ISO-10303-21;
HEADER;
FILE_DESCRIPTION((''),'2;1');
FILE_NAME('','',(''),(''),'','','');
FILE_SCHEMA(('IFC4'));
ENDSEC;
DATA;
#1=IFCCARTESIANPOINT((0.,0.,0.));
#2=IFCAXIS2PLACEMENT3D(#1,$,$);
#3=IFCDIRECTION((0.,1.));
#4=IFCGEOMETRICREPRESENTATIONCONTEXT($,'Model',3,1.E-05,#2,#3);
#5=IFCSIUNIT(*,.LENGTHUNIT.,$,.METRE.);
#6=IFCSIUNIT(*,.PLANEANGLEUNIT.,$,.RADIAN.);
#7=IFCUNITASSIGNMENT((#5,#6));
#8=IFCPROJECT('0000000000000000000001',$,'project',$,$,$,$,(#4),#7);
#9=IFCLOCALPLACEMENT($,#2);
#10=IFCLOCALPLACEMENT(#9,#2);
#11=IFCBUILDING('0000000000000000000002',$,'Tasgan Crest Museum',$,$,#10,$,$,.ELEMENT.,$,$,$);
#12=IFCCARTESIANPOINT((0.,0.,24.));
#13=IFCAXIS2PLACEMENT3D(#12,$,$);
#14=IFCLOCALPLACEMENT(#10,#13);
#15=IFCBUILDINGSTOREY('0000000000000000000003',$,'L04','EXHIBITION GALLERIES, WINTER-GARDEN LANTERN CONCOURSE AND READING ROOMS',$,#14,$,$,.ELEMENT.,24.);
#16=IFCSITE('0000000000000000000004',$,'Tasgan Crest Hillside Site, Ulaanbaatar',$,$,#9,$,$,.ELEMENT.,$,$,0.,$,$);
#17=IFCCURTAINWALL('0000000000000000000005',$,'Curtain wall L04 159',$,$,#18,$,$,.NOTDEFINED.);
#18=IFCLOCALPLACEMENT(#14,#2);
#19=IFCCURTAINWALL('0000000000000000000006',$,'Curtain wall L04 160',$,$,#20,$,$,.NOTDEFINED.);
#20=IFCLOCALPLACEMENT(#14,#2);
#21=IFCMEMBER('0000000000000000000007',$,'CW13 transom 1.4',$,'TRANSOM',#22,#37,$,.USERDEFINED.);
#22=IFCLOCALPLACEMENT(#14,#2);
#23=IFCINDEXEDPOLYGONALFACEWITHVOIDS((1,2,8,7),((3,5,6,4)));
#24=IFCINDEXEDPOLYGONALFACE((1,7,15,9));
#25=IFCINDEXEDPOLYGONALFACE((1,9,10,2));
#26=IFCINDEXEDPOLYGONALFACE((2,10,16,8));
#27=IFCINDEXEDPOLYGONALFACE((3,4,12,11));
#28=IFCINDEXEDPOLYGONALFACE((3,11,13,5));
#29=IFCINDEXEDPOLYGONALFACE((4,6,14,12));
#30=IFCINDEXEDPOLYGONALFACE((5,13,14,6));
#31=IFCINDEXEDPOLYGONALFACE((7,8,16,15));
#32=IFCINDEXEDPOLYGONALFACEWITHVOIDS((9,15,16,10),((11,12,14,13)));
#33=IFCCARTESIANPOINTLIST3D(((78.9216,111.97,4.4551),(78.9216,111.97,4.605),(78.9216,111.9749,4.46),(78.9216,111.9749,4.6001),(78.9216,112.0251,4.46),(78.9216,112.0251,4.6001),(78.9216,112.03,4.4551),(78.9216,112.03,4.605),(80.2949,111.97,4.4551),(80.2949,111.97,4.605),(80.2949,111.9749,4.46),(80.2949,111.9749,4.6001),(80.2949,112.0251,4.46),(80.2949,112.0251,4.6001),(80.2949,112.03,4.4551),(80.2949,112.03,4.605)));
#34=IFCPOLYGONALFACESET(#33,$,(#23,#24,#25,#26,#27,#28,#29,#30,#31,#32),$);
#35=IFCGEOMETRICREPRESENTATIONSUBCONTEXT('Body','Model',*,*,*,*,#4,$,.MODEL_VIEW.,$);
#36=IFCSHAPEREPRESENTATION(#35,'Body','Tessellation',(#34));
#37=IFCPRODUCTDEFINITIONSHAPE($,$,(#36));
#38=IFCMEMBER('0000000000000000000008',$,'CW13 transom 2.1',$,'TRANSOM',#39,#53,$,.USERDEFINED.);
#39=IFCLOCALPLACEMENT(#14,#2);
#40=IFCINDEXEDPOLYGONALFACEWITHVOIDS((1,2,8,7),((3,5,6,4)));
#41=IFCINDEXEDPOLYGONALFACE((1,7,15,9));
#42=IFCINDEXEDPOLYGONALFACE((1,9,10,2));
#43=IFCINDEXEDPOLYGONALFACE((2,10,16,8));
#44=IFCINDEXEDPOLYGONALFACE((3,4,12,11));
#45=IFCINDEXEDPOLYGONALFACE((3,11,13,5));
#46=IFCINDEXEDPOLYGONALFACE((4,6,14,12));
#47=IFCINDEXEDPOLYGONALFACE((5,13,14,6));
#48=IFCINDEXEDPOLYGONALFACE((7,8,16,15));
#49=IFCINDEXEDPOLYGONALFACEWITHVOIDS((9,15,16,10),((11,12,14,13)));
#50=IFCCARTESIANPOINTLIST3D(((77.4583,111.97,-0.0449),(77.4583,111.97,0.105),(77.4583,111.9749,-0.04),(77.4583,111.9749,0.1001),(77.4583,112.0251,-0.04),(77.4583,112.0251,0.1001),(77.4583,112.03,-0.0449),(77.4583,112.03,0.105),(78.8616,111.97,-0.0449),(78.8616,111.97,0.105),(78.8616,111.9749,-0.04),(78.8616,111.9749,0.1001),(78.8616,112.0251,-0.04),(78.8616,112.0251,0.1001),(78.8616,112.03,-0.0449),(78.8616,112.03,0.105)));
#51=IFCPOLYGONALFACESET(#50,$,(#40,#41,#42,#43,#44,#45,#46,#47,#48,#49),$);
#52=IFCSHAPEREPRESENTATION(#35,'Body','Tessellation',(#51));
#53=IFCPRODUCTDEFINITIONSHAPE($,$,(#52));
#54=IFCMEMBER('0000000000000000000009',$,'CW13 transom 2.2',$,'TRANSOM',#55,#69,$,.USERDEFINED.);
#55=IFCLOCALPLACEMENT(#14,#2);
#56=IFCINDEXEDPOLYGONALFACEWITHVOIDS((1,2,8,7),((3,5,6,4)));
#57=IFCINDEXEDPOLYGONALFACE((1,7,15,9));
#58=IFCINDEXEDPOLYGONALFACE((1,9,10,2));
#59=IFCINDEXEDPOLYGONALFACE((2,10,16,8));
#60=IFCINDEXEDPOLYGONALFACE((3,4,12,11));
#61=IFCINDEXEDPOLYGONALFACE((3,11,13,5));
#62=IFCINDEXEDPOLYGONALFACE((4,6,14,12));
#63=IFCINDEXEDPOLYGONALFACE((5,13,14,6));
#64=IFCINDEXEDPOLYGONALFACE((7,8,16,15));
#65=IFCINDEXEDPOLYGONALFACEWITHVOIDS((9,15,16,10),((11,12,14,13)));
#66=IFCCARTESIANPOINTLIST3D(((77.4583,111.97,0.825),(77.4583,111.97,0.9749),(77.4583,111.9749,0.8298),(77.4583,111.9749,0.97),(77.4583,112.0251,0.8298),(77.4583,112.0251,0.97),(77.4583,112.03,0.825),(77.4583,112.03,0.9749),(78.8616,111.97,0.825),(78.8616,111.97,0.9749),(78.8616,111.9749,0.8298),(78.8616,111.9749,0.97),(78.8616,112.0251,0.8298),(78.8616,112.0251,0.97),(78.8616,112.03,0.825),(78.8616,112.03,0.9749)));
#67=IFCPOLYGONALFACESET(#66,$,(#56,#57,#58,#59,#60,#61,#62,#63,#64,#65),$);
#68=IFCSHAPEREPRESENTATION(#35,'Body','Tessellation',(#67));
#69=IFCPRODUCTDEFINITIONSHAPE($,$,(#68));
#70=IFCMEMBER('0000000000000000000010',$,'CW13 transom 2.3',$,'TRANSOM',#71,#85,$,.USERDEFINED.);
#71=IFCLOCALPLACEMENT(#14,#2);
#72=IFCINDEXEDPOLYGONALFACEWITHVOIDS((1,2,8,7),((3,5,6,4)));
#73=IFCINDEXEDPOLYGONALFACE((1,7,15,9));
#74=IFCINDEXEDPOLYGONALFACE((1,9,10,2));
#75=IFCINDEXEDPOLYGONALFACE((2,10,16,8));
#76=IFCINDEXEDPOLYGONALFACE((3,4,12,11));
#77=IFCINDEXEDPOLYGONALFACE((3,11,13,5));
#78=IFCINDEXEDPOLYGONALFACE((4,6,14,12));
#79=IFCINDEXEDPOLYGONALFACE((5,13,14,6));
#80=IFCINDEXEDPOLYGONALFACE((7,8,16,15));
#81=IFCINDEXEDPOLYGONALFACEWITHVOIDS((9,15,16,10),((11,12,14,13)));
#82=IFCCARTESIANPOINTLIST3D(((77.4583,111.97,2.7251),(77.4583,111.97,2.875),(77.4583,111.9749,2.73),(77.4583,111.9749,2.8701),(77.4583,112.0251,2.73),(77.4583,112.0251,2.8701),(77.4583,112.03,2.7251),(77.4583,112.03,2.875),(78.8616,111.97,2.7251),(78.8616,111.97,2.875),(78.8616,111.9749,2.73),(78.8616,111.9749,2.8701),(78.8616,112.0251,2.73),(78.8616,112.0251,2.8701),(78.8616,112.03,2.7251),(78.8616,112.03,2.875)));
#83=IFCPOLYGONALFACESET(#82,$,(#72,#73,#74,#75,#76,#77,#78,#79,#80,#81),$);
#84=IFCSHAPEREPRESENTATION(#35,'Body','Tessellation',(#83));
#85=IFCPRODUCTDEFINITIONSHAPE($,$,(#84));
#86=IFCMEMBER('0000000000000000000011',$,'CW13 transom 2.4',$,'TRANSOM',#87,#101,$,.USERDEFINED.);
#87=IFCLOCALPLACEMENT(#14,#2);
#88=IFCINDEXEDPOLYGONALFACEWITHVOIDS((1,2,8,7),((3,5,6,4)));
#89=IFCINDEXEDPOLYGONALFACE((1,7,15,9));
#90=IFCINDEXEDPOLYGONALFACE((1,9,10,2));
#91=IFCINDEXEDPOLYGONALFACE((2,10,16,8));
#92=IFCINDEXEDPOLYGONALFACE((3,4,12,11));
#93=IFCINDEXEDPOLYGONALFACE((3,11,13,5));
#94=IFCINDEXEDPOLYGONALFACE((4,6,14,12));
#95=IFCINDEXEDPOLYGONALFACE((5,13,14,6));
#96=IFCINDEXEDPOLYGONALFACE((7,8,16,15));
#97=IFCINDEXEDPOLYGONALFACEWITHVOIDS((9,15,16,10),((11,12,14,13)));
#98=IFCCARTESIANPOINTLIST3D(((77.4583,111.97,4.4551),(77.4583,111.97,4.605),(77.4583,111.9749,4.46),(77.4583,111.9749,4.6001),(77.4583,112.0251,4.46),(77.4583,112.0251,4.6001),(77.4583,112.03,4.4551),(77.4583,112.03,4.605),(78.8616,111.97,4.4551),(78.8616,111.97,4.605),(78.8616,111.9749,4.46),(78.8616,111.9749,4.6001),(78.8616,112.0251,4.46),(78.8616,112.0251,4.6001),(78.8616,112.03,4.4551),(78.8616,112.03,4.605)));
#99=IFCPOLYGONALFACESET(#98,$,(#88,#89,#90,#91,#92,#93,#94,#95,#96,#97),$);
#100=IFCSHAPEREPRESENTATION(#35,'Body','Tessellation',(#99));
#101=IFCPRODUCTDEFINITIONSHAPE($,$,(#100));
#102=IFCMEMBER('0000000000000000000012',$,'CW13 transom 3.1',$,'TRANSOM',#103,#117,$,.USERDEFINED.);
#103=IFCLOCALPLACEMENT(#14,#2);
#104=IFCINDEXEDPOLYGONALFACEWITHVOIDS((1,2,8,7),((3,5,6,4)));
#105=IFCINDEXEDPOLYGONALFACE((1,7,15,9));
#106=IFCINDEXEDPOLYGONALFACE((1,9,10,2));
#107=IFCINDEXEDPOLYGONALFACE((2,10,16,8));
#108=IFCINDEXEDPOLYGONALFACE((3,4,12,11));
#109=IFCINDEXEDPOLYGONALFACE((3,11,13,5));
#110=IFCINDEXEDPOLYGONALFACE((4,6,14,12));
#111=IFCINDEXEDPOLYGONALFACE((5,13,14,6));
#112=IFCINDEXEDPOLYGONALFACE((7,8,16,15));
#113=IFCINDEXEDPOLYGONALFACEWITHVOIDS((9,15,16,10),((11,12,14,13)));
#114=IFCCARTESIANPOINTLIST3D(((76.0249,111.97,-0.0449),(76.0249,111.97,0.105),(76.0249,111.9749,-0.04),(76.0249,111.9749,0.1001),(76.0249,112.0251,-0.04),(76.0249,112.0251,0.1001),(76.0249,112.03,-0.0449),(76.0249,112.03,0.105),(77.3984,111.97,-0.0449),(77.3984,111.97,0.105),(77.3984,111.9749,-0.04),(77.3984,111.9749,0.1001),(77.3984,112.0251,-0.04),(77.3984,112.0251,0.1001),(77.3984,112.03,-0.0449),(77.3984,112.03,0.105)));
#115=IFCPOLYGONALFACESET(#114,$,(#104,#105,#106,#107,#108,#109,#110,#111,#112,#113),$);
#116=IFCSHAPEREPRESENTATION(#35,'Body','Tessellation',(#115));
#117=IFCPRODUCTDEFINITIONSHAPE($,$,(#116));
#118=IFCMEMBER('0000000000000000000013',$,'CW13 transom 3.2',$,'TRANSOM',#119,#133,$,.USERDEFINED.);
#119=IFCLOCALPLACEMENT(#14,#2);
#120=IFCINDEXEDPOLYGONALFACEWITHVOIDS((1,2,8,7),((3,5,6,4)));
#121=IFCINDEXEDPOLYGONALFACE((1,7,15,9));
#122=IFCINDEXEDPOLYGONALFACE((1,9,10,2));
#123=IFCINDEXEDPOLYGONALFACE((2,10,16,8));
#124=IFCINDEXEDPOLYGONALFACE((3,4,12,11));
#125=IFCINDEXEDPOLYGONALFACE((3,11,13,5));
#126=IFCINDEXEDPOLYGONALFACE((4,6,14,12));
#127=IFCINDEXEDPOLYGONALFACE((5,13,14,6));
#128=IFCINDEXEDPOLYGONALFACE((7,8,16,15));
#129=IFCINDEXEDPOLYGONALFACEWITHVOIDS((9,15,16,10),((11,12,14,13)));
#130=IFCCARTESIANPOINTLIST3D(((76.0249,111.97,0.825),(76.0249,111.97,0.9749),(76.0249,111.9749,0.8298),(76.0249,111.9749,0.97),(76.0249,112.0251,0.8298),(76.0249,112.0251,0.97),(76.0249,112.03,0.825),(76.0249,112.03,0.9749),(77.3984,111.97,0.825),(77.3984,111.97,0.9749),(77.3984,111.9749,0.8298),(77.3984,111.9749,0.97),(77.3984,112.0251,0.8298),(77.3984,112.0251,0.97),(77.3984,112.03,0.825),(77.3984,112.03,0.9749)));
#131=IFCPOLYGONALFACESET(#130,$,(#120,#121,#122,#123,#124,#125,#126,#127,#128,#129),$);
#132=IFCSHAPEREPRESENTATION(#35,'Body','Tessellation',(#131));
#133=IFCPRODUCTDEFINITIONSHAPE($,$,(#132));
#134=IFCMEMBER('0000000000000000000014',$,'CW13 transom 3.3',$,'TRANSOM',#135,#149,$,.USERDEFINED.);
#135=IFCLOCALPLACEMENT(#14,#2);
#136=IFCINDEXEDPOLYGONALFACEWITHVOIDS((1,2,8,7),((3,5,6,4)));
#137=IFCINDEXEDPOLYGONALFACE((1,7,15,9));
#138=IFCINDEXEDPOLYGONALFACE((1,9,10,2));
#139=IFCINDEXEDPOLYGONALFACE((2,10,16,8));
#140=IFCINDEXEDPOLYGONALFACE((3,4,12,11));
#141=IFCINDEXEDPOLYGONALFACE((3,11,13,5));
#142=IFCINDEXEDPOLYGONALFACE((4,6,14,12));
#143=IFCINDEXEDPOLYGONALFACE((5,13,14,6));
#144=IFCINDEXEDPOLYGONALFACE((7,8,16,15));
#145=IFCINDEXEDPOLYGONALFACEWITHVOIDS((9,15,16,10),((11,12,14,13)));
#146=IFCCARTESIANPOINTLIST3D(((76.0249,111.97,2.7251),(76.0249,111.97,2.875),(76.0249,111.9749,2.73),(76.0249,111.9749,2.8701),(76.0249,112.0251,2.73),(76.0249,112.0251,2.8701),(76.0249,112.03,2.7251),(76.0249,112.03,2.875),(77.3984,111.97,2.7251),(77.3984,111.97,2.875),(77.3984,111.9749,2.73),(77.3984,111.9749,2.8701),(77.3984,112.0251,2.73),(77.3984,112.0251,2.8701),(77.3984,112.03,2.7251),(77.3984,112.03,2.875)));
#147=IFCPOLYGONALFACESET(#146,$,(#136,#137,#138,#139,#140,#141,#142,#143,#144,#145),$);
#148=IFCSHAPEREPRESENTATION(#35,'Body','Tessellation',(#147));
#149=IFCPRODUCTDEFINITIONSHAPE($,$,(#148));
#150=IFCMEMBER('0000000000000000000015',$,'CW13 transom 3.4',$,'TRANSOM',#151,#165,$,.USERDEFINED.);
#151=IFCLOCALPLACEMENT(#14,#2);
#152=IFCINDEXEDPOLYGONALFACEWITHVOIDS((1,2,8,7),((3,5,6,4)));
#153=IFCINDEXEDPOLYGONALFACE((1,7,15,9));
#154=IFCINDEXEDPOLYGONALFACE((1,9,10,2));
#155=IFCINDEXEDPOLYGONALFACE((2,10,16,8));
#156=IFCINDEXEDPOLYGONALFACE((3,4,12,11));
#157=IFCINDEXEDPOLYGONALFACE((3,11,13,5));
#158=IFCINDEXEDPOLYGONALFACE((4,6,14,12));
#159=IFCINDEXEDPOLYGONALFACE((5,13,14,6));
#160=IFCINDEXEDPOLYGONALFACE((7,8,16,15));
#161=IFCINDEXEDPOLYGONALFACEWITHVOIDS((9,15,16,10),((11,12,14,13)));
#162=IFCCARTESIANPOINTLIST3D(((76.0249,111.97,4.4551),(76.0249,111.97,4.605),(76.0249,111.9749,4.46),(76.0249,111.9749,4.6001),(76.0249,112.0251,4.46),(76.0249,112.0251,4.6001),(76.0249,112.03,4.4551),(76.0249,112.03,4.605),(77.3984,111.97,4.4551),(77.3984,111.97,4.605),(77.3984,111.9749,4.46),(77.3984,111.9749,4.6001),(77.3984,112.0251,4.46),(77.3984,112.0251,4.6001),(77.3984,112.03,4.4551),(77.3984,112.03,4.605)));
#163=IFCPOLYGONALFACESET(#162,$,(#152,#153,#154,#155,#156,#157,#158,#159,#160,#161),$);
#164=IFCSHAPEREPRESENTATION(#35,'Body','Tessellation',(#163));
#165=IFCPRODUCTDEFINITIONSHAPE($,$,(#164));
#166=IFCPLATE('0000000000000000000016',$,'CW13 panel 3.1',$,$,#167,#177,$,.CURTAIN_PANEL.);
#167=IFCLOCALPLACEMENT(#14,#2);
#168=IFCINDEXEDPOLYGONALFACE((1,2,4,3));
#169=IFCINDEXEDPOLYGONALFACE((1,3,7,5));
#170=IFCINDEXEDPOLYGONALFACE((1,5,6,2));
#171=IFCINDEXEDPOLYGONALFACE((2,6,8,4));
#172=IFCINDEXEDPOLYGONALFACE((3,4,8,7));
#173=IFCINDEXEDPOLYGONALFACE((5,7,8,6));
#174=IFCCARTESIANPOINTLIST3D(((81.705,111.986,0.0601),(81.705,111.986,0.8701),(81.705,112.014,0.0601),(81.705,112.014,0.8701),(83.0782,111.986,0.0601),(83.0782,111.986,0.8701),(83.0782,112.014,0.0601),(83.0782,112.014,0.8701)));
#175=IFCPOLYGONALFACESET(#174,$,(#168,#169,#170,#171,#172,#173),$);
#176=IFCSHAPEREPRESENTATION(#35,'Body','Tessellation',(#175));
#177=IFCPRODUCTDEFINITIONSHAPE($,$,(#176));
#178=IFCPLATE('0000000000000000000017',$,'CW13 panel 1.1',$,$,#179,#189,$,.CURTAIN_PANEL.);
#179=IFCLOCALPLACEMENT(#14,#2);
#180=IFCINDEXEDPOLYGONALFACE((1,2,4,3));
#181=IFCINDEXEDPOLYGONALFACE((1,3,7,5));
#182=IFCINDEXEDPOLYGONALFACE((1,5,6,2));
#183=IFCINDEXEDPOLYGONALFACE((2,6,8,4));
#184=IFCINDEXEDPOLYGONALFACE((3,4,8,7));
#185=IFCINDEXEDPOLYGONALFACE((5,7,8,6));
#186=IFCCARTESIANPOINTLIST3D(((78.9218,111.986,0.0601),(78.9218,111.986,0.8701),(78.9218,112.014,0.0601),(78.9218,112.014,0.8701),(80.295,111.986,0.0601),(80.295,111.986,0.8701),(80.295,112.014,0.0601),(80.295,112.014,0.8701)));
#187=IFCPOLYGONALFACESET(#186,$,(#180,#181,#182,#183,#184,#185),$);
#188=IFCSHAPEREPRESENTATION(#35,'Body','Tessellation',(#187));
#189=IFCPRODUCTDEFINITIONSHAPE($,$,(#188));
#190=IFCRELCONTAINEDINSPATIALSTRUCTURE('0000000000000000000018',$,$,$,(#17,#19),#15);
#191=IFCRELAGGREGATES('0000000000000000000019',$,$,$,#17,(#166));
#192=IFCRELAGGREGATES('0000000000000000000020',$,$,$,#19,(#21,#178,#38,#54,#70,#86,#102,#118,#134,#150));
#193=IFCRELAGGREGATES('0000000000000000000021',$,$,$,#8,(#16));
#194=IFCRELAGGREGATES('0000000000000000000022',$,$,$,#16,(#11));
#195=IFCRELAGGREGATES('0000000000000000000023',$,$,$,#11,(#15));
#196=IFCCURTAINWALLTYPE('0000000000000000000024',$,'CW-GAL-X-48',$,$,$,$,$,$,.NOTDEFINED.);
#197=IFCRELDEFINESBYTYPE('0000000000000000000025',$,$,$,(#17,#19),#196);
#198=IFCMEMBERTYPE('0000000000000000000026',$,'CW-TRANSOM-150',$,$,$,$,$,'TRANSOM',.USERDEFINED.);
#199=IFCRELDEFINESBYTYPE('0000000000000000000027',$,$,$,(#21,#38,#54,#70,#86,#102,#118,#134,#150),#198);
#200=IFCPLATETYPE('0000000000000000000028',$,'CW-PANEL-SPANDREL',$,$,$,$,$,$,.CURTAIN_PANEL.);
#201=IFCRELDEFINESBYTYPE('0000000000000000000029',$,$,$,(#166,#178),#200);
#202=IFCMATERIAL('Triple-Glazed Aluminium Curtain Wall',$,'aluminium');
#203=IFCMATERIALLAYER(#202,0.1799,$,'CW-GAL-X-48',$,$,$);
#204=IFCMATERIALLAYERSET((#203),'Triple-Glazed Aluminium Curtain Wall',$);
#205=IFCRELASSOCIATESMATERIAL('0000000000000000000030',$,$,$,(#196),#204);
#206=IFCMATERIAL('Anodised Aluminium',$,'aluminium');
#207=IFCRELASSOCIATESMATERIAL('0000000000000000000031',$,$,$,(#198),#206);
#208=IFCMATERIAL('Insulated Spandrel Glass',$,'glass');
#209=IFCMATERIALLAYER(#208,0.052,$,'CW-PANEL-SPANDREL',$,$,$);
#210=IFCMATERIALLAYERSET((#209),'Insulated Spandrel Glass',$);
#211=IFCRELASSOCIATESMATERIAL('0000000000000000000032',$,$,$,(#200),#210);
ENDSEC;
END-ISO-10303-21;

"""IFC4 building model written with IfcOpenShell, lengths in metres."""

from ifc_helpers import new_model, si_unit, direction, frame, origin, origin_2d, place, context, subcontext, project, spatial, rectangle, hollow_rectangle, extrude, material, layer, layer_set, material_profile, profile_set, type_object, element, aggregate, save


model = new_model("IFC4")

# Units and contexts
model_context = context("Model", 3, precision=1e-05, world=origin(), true_north=direction((0.0, 1.0)))
body_context = subcontext(model_context, "Body", "Model", "MODEL_VIEW")
ifc_project = project(units=[si_unit("LENGTHUNIT", "METRE"), si_unit("PLANEANGLEUNIT", "RADIAN")], contexts=[model_context])

# Site, building, storey
site_placement = place(None, origin())
site = spatial("IfcSite", under=ifc_project, at=site_placement, Name="Tasgan Crest Hillside Site, Ulaanbaatar", CompositionType="ELEMENT", RefElevation=0.0)
building_placement = place(site_placement, origin())
building = spatial("IfcBuilding", under=site, at=building_placement, Name="Tasgan Crest Museum", CompositionType="ELEMENT")
storey_placement = place(building_placement, frame((0.0, 0.0, 24.0)))
storey = spatial("IfcBuildingStorey", under=building, at=storey_placement, Name="L04", Description="EXHIBITION GALLERIES, WINTER-GARDEN LANTERN CONCOURSE AND READING ROOMS", CompositionType="ELEMENT", Elevation=24.0)

# Curtain wall
ifc_material_1 = material(Name="Triple-Glazed Aluminium Curtain Wall", Category="aluminium")
ifc_layer_1 = layer(ifc_material_1, 0.1799, Name="CW-GAL-X-48")
ifc_layer_set_1 = layer_set([ifc_layer_1], Name="Triple-Glazed Aluminium Curtain Wall")
curtain_wall_type = type_object("IfcCurtainWallType", Name="CW-GAL-X-48", PredefinedType="NOTDEFINED", material=ifc_layer_set_1)
curtain_wall_1_placement = place(storey_placement, origin())
curtain_wall_1 = element("IfcCurtainWall", 1, at=curtain_wall_1_placement, inside=storey, type_object=curtain_wall_type, Name="Curtain wall L04 159", PredefinedType="NOTDEFINED")

# Curtain wall
curtain_wall_2_placement = place(storey_placement, origin())
curtain_wall_2 = element("IfcCurtainWall", 2, at=curtain_wall_2_placement, inside=storey, type_object=curtain_wall_type, Name="Curtain wall L04 160", PredefinedType="NOTDEFINED")

# Members
ifc_material_2 = material(Name="Anodised Aluminium", Category="aluminium")
ifc_material_profile_1 = material_profile(ifc_material_2, hollow_rectangle(XDim=0.0601, YDim=0.1499, WallThickness=0.0049, at=origin_2d()), Name="ALU TRANSOM 150x60x5")
ifc_profile_set_1 = profile_set([ifc_material_profile_1], Name="Anodised Aluminium")
member_type_1 = type_object("IfcMemberType", Name="CW-TRANSOM-150", ElementType="TRANSOM", PredefinedType="USERDEFINED", material=ifc_profile_set_1)
member_1_placement = place(storey_placement, frame((80.2949, 112.0, 4.53), z_axis=(-1.0, 0.0, 0.0), x_axis=(0.0, -1.0, 0.0)))
member_1 = element("IfcMember", 3, at=member_1_placement, type_object=member_type_1, Name="CW13 transom 1.4", ObjectType="TRANSOM", PredefinedType="USERDEFINED", context=body_context, shape_type="SweptSolid", body=[
    extrude(hollow_rectangle(XDim=0.0601, YDim=0.1499, WallThickness=0.0049, at=origin_2d()), origin(), (0.0, 0.0, 1.0), 1.3733),
])
member_2_placement = place(storey_placement, frame((78.8616, 112.0, 0.03), z_axis=(-1.0, 0.0, 0.0), x_axis=(0.0, -1.0, 0.0)))
member_2 = element("IfcMember", 4, at=member_2_placement, type_object=member_type_1, Name="CW13 transom 2.1", ObjectType="TRANSOM", PredefinedType="USERDEFINED", context=body_context, shape_type="SweptSolid", body=[
    extrude(hollow_rectangle(XDim=0.0601, YDim=0.1499, WallThickness=0.0049, at=origin_2d()), origin(), (0.0, 0.0, 1.0), 1.4033),
])
member_3_placement = place(storey_placement, frame((78.8616, 112.0, 0.8999), z_axis=(-1.0, 0.0, 0.0), x_axis=(0.0, -1.0, 0.0)))
member_3 = element("IfcMember", 5, at=member_3_placement, type_object=member_type_1, Name="CW13 transom 2.2", ObjectType="TRANSOM", PredefinedType="USERDEFINED", context=body_context, shape_type="SweptSolid", body=[
    extrude(hollow_rectangle(XDim=0.0601, YDim=0.1499, WallThickness=0.0049, at=origin_2d()), origin(), (0.0, 0.0, 1.0), 1.4033),
])
member_4_placement = place(storey_placement, frame((78.8616, 112.0, 2.8), z_axis=(-1.0, 0.0, 0.0), x_axis=(0.0, -1.0, 0.0)))
member_4 = element("IfcMember", 6, at=member_4_placement, type_object=member_type_1, Name="CW13 transom 2.3", ObjectType="TRANSOM", PredefinedType="USERDEFINED", context=body_context, shape_type="SweptSolid", body=[
    extrude(hollow_rectangle(XDim=0.0601, YDim=0.1499, WallThickness=0.0049, at=origin_2d()), origin(), (0.0, 0.0, 1.0), 1.4033),
])
member_5_placement = place(storey_placement, frame((78.8616, 112.0, 4.53), z_axis=(-1.0, 0.0, 0.0), x_axis=(0.0, -1.0, 0.0)))
member_5 = element("IfcMember", 7, at=member_5_placement, type_object=member_type_1, Name="CW13 transom 2.4", ObjectType="TRANSOM", PredefinedType="USERDEFINED", context=body_context, shape_type="SweptSolid", body=[
    extrude(hollow_rectangle(XDim=0.0601, YDim=0.1499, WallThickness=0.0049, at=origin_2d()), origin(), (0.0, 0.0, 1.0), 1.4033),
])
member_6_placement = place(storey_placement, frame((77.3984, 112.0, 0.03), z_axis=(-1.0, 0.0, 0.0), x_axis=(0.0, -1.0, 0.0)))
member_6 = element("IfcMember", 8, at=member_6_placement, type_object=member_type_1, Name="CW13 transom 3.1", ObjectType="TRANSOM", PredefinedType="USERDEFINED", context=body_context, shape_type="SweptSolid", body=[
    extrude(hollow_rectangle(XDim=0.0601, YDim=0.1499, WallThickness=0.0049, at=origin_2d()), origin(), (0.0, 0.0, 1.0), 1.3735),
])
member_7_placement = place(storey_placement, frame((77.3984, 112.0, 0.8999), z_axis=(-1.0, 0.0, 0.0), x_axis=(0.0, -1.0, 0.0)))
member_7 = element("IfcMember", 9, at=member_7_placement, type_object=member_type_1, Name="CW13 transom 3.2", ObjectType="TRANSOM", PredefinedType="USERDEFINED", context=body_context, shape_type="SweptSolid", body=[
    extrude(hollow_rectangle(XDim=0.0601, YDim=0.1499, WallThickness=0.0049, at=origin_2d()), origin(), (0.0, 0.0, 1.0), 1.3735),
])
member_8_placement = place(storey_placement, frame((77.3984, 112.0, 2.8), z_axis=(-1.0, 0.0, 0.0), x_axis=(0.0, -1.0, 0.0)))
member_8 = element("IfcMember", 10, at=member_8_placement, type_object=member_type_1, Name="CW13 transom 3.3", ObjectType="TRANSOM", PredefinedType="USERDEFINED", context=body_context, shape_type="SweptSolid", body=[
    extrude(hollow_rectangle(XDim=0.0601, YDim=0.1499, WallThickness=0.0049, at=origin_2d()), origin(), (0.0, 0.0, 1.0), 1.3735),
])
member_9_placement = place(storey_placement, frame((77.3984, 112.0, 4.53), z_axis=(-1.0, 0.0, 0.0), x_axis=(0.0, -1.0, 0.0)))
member_9 = element("IfcMember", 11, at=member_9_placement, type_object=member_type_1, Name="CW13 transom 3.4", ObjectType="TRANSOM", PredefinedType="USERDEFINED", context=body_context, shape_type="SweptSolid", body=[
    extrude(hollow_rectangle(XDim=0.0601, YDim=0.1499, WallThickness=0.0049, at=origin_2d()), origin(), (0.0, 0.0, 1.0), 1.3735),
])

# Plates
ifc_material_3 = material(Name="Insulated Spandrel Glass", Category="glass")
ifc_layer_2 = layer(ifc_material_3, 0.052, Name="CW-PANEL-SPANDREL")
ifc_layer_set_2 = layer_set([ifc_layer_2], Name="Insulated Spandrel Glass")
plate_type_1 = type_object("IfcPlateType", Name="CW-PANEL-SPANDREL", PredefinedType="CURTAIN_PANEL", material=ifc_layer_set_2)
plate_1_placement = place(storey_placement, frame((82.3916, 112.0, 0.0601), z_axis=(0.0, 0.0, 1.0), x_axis=(-1.0, 0.0, 0.0)))
plate_1 = element("IfcPlate", 12, at=plate_1_placement, type_object=plate_type_1, Name="CW13 panel 3.1", PredefinedType="CURTAIN_PANEL", context=body_context, shape_type="SweptSolid", body=[
    extrude(rectangle(XDim=1.3733, YDim=0.0281, at=origin_2d()), origin(), (0.0, 0.0, 1.0), 0.8101),
])
plate_2_placement = place(storey_placement, frame((79.6084, 112.0, 0.0601), z_axis=(0.0, 0.0, 1.0), x_axis=(-1.0, 0.0, 0.0)))
plate_2 = element("IfcPlate", 13, at=plate_2_placement, type_object=plate_type_1, Name="CW13 panel 1.1", PredefinedType="CURTAIN_PANEL", context=body_context, shape_type="SweptSolid", body=[
    extrude(rectangle(XDim=1.3733, YDim=0.0281, at=origin_2d()), origin(), (0.0, 0.0, 1.0), 0.8101),
])
aggregate(curtain_wall_1, [plate_1])
aggregate(curtain_wall_2, [member_1, plate_2, member_2, member_3, member_4, member_5, member_6, member_7, member_8, member_9])

save(model, "model.ifc")
